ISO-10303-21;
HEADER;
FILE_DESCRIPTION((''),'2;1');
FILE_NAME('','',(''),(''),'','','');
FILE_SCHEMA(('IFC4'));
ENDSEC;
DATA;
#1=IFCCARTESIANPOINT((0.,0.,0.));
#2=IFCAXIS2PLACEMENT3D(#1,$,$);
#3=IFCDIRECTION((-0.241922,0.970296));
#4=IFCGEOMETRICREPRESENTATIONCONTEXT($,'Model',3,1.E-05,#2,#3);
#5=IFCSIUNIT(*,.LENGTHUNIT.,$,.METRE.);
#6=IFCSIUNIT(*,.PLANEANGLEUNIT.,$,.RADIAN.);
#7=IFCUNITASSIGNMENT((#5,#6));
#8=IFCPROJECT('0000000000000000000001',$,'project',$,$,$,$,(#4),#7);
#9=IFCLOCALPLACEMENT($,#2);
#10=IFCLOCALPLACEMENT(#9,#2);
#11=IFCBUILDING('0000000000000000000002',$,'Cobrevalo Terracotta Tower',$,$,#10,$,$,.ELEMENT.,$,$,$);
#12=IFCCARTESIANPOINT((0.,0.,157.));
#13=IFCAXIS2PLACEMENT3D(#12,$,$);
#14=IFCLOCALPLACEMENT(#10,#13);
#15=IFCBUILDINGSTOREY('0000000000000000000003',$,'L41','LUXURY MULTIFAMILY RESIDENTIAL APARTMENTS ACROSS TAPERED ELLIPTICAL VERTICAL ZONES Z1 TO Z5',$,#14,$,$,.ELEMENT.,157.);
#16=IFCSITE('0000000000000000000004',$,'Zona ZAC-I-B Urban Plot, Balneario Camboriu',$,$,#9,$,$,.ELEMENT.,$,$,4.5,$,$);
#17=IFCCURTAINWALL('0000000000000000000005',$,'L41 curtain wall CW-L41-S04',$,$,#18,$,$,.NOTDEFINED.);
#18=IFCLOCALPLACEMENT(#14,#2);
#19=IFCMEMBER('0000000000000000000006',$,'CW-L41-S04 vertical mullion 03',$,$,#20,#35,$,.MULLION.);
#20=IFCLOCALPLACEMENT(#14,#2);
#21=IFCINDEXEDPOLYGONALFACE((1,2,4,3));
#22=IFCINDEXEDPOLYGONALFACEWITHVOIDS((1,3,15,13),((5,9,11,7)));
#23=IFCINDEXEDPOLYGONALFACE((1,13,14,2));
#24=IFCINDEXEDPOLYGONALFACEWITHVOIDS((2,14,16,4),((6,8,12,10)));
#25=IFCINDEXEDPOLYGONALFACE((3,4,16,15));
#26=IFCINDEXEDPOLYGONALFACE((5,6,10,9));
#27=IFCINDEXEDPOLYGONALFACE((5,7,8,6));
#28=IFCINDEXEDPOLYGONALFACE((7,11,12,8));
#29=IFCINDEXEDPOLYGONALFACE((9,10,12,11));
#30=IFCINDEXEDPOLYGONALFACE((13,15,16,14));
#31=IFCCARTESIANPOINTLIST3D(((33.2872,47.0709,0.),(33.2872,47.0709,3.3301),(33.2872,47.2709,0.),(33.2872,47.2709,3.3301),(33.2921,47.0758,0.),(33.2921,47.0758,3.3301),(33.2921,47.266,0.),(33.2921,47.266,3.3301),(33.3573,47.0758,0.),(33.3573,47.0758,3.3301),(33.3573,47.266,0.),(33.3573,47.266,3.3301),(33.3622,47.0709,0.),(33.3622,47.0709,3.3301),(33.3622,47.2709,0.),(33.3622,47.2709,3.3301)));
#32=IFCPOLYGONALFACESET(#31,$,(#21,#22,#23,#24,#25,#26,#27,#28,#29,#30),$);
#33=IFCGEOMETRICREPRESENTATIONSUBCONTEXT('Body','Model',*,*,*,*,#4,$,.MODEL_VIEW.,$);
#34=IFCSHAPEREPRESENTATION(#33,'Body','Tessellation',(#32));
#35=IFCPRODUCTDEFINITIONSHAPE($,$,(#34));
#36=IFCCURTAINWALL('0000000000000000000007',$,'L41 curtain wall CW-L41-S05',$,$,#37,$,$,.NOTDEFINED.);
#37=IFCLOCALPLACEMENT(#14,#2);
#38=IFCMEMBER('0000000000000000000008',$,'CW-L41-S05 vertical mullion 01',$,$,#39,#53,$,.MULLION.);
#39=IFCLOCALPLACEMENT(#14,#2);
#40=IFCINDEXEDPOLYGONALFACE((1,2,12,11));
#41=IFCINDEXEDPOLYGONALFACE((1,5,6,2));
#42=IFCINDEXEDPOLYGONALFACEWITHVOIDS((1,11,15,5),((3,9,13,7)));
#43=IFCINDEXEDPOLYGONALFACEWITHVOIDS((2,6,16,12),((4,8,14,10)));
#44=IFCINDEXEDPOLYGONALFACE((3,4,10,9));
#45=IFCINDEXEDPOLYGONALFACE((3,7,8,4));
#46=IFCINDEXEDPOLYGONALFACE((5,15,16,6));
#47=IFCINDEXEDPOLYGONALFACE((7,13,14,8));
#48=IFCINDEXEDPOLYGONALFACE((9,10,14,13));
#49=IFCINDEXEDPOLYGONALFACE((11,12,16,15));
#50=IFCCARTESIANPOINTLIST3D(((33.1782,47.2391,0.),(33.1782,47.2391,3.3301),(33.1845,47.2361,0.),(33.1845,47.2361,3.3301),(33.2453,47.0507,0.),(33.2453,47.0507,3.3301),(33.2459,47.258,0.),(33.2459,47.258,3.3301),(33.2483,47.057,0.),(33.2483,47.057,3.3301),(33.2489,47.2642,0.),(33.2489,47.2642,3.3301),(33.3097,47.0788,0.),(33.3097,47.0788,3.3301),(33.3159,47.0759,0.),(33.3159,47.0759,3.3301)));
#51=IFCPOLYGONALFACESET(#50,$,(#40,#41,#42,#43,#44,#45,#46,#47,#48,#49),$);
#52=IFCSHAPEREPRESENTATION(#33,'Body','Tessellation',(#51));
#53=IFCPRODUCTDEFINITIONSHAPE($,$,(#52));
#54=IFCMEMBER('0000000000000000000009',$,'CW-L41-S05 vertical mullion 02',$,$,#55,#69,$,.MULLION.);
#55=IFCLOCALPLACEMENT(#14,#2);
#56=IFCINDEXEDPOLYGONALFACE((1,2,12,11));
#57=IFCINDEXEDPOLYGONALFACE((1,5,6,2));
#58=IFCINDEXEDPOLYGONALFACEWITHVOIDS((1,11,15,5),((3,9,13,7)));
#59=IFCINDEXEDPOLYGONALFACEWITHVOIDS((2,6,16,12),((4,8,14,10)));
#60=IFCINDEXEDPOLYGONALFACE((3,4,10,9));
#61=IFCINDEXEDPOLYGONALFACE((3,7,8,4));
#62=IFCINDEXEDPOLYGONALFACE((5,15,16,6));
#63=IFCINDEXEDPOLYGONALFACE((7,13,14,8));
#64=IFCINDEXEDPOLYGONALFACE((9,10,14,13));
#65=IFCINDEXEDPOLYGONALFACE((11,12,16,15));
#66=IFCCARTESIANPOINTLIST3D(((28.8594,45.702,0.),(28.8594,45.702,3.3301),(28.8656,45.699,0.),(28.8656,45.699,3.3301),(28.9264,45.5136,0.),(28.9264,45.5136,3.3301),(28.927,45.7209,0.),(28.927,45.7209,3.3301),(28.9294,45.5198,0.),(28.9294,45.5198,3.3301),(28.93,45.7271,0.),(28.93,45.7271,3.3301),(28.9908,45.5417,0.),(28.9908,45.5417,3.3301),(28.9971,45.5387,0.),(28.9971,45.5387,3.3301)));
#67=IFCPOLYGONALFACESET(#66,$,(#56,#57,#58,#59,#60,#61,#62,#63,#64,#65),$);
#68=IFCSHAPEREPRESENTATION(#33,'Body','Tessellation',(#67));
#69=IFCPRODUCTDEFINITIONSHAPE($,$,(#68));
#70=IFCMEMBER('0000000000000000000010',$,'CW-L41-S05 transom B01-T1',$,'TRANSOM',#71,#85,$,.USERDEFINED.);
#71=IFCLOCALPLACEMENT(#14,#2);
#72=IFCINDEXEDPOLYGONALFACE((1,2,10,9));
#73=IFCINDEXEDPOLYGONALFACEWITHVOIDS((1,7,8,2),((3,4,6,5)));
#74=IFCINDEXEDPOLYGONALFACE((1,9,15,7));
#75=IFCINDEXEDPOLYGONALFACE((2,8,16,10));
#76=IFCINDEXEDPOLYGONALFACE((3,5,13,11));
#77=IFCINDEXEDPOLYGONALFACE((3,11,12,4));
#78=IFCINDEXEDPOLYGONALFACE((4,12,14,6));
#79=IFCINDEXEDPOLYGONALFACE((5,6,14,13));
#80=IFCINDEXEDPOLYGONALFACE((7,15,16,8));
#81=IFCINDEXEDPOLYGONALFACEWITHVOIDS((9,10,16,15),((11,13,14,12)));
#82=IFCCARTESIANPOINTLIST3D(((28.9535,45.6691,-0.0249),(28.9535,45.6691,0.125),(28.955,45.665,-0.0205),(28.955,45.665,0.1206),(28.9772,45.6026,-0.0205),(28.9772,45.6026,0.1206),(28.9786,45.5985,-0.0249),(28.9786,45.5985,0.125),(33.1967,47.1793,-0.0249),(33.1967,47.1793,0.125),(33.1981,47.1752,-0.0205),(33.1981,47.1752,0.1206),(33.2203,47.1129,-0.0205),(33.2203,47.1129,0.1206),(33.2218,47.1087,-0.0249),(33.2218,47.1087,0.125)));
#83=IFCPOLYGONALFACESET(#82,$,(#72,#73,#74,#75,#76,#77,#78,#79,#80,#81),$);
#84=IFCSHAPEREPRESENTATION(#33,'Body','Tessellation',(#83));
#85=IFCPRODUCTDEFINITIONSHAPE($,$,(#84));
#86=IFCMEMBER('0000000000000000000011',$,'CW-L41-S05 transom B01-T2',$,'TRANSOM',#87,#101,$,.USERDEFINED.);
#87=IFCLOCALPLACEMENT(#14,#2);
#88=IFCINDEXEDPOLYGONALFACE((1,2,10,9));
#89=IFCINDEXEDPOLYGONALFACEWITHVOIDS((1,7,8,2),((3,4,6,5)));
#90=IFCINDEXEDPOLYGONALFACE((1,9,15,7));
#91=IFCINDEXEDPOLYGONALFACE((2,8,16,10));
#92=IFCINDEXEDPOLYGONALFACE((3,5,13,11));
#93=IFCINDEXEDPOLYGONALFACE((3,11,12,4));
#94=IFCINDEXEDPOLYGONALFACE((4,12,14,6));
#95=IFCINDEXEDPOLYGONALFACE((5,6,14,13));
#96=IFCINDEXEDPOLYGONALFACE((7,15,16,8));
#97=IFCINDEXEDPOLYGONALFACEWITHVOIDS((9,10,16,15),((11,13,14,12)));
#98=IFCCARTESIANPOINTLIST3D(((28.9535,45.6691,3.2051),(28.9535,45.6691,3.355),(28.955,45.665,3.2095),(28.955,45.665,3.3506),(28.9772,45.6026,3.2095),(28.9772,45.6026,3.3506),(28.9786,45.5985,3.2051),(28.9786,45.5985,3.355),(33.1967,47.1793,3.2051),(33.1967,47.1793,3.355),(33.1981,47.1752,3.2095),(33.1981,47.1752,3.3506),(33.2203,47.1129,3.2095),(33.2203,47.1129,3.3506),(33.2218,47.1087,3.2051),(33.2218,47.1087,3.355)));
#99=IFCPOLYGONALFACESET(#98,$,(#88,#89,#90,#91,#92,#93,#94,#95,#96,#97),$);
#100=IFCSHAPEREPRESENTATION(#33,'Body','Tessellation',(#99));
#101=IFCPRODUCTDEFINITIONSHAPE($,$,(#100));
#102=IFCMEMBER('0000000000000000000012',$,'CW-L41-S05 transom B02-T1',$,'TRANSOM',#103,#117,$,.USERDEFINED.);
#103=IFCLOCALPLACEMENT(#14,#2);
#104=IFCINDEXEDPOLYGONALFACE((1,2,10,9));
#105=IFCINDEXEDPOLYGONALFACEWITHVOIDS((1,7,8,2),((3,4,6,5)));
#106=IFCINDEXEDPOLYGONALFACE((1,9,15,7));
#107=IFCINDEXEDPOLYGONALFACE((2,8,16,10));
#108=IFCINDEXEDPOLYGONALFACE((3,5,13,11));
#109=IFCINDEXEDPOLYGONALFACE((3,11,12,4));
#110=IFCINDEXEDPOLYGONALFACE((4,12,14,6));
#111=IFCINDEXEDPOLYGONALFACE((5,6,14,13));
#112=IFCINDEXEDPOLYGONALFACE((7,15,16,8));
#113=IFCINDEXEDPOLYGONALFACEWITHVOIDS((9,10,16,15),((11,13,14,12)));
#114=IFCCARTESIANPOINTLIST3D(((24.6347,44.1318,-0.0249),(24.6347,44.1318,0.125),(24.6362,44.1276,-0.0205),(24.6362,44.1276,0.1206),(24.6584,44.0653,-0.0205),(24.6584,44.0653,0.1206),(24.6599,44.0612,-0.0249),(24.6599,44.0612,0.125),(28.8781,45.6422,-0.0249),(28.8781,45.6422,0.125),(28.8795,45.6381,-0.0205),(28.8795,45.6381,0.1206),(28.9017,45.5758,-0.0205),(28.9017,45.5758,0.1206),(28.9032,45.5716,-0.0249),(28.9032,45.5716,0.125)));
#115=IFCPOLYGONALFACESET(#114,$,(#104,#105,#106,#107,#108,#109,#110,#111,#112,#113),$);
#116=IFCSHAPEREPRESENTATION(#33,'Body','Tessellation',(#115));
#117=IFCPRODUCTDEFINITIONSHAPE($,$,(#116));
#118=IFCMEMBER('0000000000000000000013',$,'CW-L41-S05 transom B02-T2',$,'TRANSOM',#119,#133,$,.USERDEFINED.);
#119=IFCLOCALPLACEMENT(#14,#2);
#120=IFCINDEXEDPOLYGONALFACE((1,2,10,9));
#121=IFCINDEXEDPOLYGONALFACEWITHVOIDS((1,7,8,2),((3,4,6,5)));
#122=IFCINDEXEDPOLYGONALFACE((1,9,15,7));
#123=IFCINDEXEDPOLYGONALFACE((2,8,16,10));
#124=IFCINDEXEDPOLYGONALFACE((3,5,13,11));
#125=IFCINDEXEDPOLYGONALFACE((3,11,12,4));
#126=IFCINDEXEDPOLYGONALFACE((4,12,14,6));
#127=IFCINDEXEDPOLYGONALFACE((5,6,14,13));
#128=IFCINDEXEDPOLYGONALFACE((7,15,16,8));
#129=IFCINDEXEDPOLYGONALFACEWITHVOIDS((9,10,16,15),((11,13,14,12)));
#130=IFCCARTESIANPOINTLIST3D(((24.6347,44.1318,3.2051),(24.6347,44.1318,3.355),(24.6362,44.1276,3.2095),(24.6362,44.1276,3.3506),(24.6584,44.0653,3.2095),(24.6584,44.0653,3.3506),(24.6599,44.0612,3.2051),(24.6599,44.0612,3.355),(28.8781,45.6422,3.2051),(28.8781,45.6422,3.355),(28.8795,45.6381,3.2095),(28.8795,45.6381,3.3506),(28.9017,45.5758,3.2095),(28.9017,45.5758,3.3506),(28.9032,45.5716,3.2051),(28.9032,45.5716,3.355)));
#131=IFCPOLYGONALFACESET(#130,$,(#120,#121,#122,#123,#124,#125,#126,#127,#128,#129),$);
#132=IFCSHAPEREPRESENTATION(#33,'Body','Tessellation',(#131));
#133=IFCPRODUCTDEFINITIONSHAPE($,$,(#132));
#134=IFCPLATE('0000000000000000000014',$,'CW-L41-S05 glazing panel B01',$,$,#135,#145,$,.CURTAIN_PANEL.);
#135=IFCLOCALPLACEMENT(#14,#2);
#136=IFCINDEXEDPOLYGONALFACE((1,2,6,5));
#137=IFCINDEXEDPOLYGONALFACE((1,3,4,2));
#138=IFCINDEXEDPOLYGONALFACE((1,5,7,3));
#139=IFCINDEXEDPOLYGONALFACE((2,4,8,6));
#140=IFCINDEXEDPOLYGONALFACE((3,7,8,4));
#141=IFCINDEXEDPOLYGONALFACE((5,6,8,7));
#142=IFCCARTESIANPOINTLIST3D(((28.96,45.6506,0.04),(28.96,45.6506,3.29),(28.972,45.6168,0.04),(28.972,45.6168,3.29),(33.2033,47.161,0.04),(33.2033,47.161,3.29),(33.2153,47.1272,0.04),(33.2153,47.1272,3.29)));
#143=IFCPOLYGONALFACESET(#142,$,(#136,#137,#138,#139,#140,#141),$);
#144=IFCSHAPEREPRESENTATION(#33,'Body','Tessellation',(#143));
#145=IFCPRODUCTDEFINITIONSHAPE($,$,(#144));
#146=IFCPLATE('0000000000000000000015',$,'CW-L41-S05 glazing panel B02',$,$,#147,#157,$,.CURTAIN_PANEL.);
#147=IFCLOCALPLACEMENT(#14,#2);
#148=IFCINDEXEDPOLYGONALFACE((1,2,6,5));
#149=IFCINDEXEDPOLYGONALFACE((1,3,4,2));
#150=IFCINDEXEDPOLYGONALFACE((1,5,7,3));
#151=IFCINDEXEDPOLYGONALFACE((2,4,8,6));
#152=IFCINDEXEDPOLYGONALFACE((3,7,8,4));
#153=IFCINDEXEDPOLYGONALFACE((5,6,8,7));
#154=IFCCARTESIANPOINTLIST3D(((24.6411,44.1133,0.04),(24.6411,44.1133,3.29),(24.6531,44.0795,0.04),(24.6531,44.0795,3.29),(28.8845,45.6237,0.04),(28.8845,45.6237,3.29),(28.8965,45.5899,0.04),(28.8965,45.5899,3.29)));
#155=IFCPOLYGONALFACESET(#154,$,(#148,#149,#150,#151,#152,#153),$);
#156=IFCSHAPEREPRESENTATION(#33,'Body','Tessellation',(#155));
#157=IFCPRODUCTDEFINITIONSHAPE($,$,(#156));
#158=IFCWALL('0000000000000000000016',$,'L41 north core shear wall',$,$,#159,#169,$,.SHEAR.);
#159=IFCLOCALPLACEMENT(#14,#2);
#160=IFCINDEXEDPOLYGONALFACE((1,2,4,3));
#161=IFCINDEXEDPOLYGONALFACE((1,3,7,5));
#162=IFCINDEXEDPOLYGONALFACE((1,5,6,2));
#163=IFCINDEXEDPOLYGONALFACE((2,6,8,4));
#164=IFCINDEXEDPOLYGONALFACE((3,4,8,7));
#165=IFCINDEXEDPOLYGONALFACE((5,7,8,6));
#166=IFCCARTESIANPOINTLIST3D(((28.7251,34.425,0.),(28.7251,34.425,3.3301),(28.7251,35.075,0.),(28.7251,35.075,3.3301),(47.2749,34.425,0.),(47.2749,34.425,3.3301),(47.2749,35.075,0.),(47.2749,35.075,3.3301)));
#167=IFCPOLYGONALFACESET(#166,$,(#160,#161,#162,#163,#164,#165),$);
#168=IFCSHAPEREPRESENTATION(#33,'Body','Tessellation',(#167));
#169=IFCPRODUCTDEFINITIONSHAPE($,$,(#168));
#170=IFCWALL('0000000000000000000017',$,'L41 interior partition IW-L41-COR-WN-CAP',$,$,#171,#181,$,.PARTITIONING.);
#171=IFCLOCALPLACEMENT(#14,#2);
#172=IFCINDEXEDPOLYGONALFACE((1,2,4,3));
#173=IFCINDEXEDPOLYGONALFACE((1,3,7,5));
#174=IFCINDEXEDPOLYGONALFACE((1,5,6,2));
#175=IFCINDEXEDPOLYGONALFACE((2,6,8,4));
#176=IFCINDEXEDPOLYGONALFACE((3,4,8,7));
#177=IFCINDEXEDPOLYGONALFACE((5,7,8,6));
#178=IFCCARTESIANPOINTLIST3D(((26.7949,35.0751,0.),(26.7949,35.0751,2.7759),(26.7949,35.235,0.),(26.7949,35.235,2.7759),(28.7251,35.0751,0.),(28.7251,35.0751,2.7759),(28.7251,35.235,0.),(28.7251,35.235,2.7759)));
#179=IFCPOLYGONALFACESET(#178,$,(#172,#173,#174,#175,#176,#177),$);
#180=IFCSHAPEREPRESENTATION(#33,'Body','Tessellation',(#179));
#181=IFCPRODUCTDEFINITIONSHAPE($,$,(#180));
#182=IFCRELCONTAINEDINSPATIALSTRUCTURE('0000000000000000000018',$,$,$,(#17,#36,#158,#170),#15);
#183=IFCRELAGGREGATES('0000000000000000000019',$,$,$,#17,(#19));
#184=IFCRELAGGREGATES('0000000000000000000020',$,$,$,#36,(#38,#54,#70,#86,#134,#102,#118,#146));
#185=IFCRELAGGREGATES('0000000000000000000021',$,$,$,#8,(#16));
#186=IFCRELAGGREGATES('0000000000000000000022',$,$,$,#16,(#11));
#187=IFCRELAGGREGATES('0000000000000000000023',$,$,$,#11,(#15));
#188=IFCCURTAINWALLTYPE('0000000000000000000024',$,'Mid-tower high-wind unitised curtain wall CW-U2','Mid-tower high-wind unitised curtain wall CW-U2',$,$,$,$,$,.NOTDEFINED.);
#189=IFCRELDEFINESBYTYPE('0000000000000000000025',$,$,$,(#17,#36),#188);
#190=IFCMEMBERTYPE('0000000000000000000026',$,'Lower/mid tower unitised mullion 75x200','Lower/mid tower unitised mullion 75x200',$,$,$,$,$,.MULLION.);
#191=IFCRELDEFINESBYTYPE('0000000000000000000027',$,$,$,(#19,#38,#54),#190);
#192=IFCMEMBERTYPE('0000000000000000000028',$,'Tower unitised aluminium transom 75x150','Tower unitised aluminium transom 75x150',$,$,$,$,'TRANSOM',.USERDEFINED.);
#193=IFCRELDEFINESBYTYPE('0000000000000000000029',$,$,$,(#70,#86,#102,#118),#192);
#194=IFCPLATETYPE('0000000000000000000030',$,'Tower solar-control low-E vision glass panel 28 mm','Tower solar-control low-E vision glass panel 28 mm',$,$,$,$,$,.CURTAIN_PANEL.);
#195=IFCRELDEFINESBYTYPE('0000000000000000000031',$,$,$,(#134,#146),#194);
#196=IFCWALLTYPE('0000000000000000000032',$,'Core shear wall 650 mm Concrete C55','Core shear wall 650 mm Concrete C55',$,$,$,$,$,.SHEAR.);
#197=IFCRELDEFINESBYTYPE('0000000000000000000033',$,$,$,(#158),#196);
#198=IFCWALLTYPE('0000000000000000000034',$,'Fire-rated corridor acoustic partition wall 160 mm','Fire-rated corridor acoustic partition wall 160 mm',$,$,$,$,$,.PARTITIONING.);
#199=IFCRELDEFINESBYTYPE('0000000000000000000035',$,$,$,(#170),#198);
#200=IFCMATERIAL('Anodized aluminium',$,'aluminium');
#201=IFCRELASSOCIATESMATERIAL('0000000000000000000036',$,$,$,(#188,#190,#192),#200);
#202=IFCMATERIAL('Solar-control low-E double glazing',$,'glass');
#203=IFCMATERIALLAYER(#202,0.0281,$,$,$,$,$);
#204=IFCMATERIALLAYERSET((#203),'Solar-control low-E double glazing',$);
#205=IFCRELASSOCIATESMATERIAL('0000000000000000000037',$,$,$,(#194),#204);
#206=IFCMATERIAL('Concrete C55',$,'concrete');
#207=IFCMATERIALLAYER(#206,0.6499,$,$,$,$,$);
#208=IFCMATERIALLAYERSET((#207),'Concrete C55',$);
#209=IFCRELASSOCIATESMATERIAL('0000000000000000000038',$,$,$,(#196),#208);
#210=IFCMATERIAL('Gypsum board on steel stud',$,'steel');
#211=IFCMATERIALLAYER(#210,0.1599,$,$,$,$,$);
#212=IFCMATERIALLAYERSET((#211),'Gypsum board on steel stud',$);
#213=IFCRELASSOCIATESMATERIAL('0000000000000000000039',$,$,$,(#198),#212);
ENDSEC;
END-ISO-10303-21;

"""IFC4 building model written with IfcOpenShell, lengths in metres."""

from ifc_helpers import new_model, si_unit, direction, frame, frame_2d, origin, origin_2d, place, context, subcontext, project, spatial, rectangle, hollow_rectangle, extrude, source, transform, mapped, material, layer, layer_set, material_profile, profile_set, type_object, element, aggregate, save


model = new_model("IFC4")

# Units and contexts
model_context = context("Model", 3, precision=1e-05, world=origin(), true_north=direction((-0.241922, 0.970296)))
body_context = subcontext(model_context, "Body", "Model", "MODEL_VIEW")
ifc_project = project(units=[si_unit("LENGTHUNIT", "METRE"), si_unit("PLANEANGLEUNIT", "RADIAN")], contexts=[model_context])

# Site, building, storey
site_placement = place(None, origin())
site = spatial("IfcSite", under=ifc_project, at=site_placement, Name="Zona ZAC-I-B Urban Plot, Balneario Camboriu", CompositionType="ELEMENT", RefElevation=4.5)
building_placement = place(site_placement, origin())
building = spatial("IfcBuilding", under=site, at=building_placement, Name="Cobrevalo Terracotta Tower", CompositionType="ELEMENT")
storey_placement = place(building_placement, frame((0.0, 0.0, 157.0)))
storey = spatial("IfcBuildingStorey", under=building, at=storey_placement, Name="L41", Description="LUXURY MULTIFAMILY RESIDENTIAL APARTMENTS ACROSS TAPERED ELLIPTICAL VERTICAL ZONES Z1 TO Z5", CompositionType="ELEMENT", Elevation=157.0)

# Shared definitions
ifc_material_1 = material(Name="Concrete C55", Category="concrete")

# Curtain wall, member
ifc_material_2 = material(Name="Anodized aluminium", Category="aluminium")
curtain_wall_type = type_object("IfcCurtainWallType", Name="Mid-tower high-wind unitised curtain wall CW-U2", Description="Mid-tower high-wind unitised curtain wall CW-U2", PredefinedType="NOTDEFINED", material=ifc_material_2)
curtain_wall_1_placement = place(storey_placement, origin())
curtain_wall_1 = element("IfcCurtainWall", 1, at=curtain_wall_1_placement, inside=storey, type_object=curtain_wall_type, Name="L41 curtain wall CW-L41-S04", PredefinedType="NOTDEFINED")
ifc_material_profile_1 = material_profile(ifc_material_2, hollow_rectangle(XDim=0.075, YDim=0.2, WallThickness=0.0049, at=origin_2d()), Name="CWM 75x200")
ifc_profile_set_1 = profile_set([ifc_material_profile_1], Name="Anodized aluminium")
member_type_1 = type_object("IfcMemberType", Name="Lower/mid tower unitised mullion 75x200", Description="Lower/mid tower unitised mullion 75x200", PredefinedType="MULLION", material=ifc_profile_set_1)
shared_shape_1 = source(origin(), body_context, "Body", "SweptSolid", [
    extrude(hollow_rectangle(XDim=0.075, YDim=0.2, WallThickness=0.0049, at=origin_2d()), origin(), (0.0, 0.0, 1.0), 3.3301),
])
member_1_placement = place(storey_placement, frame((33.3247, 47.1709, 0.0), z_axis=(0.0, 0.0, 1.0), x_axis=(-1.0, 0.0, 0.0)))
member_1 = element("IfcMember", 2, at=member_1_placement, type_object=member_type_1, Name="CW-L41-S04 vertical mullion 03", PredefinedType="MULLION", context=body_context, shape_type="MappedRepresentation", body=[
    mapped(shared_shape_1, transform((0.0, 0.0, 0.0), scale=1.0)),
])
aggregate(curtain_wall_1, [member_1])

# Curtain wall, members, plates
curtain_wall_2_placement = place(storey_placement, origin())
curtain_wall_2 = element("IfcCurtainWall", 3, at=curtain_wall_2_placement, inside=storey, type_object=curtain_wall_type, Name="L41 curtain wall CW-L41-S05", PredefinedType="NOTDEFINED")
member_2_placement = place(storey_placement, frame((33.2471, 47.1575, 0.0), z_axis=(0.0, 0.0, 1.0), x_axis=(-0.942098, -0.335336, 0.0)))
member_2 = element("IfcMember", 4, at=member_2_placement, type_object=member_type_1, Name="CW-L41-S05 vertical mullion 01", PredefinedType="MULLION", context=body_context, shape_type="MappedRepresentation", body=[
    mapped(shared_shape_1, transform((0.0, 0.0, 0.0), scale=1.0)),
])
member_3_placement = place(storey_placement, frame((28.9282, 45.6204, 0.0), z_axis=(0.0, 0.0, 1.0), x_axis=(-0.942098, -0.335336, 0.0)))
member_3 = element("IfcMember", 5, at=member_3_placement, type_object=member_type_1, Name="CW-L41-S05 vertical mullion 02", PredefinedType="MULLION", context=body_context, shape_type="MappedRepresentation", body=[
    mapped(shared_shape_1, transform((0.0, 0.0, 0.0), scale=1.0)),
])
ifc_material_profile_2 = material_profile(ifc_material_2, hollow_rectangle(XDim=0.075, YDim=0.1499, WallThickness=0.0044, at=origin_2d()), Name="CWT 75x150")
ifc_profile_set_2 = profile_set([ifc_material_profile_2], Name="Anodized aluminium")
member_type_2 = type_object("IfcMemberType", Name="Tower unitised aluminium transom 75x150", Description="Tower unitised aluminium transom 75x150", ElementType="TRANSOM", PredefinedType="USERDEFINED", material=ifc_profile_set_2)
shared_shape_2 = source(origin(), body_context, "Body", "SweptSolid", [
    extrude(hollow_rectangle(XDim=0.075, YDim=0.1499, WallThickness=0.0044, at=origin_2d()), origin(), (0.0, 0.0, 1.0), 4.5039),
])
member_4_placement = place(storey_placement, frame((33.2092, 47.144, 0.05), z_axis=(-0.942104, -0.33532, 0.0), x_axis=(0.33532, -0.942104, 0.0)))
member_4 = element("IfcMember", 6, at=member_4_placement, type_object=member_type_2, Name="CW-L41-S05 transom B01-T1", ObjectType="TRANSOM", PredefinedType="USERDEFINED", context=body_context, shape_type="MappedRepresentation", body=[
    mapped(shared_shape_2, transform((0.0, 0.0, 0.0), scale=1.0)),
])
member_5_placement = place(storey_placement, frame((33.2092, 47.144, 3.28), z_axis=(-0.942104, -0.33532, 0.0), x_axis=(0.33532, -0.942104, 0.0)))
member_5 = element("IfcMember", 7, at=member_5_placement, type_object=member_type_2, Name="CW-L41-S05 transom B01-T2", ObjectType="TRANSOM", PredefinedType="USERDEFINED", context=body_context, shape_type="MappedRepresentation", body=[
    mapped(shared_shape_2, transform((0.0, 0.0, 0.0), scale=1.0)),
])
shared_shape_3 = source(origin(), body_context, "Body", "SweptSolid", [
    extrude(hollow_rectangle(XDim=0.075, YDim=0.1499, WallThickness=0.0044, at=origin_2d()), origin(), (0.0, 0.0, 1.0), 4.5042),
])
member_6_placement = place(storey_placement, frame((28.8906, 45.6069, 0.05), z_axis=(-0.942093, -0.335351, 0.0), x_axis=(0.335351, -0.942093, 0.0)))
member_6 = element("IfcMember", 8, at=member_6_placement, type_object=member_type_2, Name="CW-L41-S05 transom B02-T1", ObjectType="TRANSOM", PredefinedType="USERDEFINED", context=body_context, shape_type="MappedRepresentation", body=[
    mapped(shared_shape_3, transform((0.0, 0.0, 0.0), scale=1.0)),
])
member_7_placement = place(storey_placement, frame((28.8906, 45.6069, 3.28), z_axis=(-0.942093, -0.335351, 0.0), x_axis=(0.335351, -0.942093, 0.0)))
member_7 = element("IfcMember", 9, at=member_7_placement, type_object=member_type_2, Name="CW-L41-S05 transom B02-T2", ObjectType="TRANSOM", PredefinedType="USERDEFINED", context=body_context, shape_type="MappedRepresentation", body=[
    mapped(shared_shape_3, transform((0.0, 0.0, 0.0), scale=1.0)),
])
ifc_material_3 = material(Name="Solar-control low-E double glazing", Category="glass")
ifc_layer_1 = layer(ifc_material_3, 0.0281)
ifc_layer_set_1 = layer_set([ifc_layer_1], Name="Solar-control low-E double glazing")
plate_type = type_object("IfcPlateType", Name="Tower solar-control low-E vision glass panel 28 mm", Description="Tower solar-control low-E vision glass panel 28 mm", PredefinedType="CURTAIN_PANEL", material=ifc_layer_set_1)
shared_shape_4 = source(origin(), body_context, "Body", "SweptSolid", [
    extrude(rectangle(XDim=4.5042, YDim=0.0359, at=origin_2d()), origin(), (0.0, 0.0, 1.0), 3.25),
])
plate_1_placement = place(storey_placement, frame((31.0876, 46.3889, 0.04), z_axis=(0.0, 0.0, 1.0), x_axis=(-0.942098, -0.335336, 0.0)))
plate_1 = element("IfcPlate", 10, at=plate_1_placement, type_object=plate_type, Name="CW-L41-S05 glazing panel B01", PredefinedType="CURTAIN_PANEL", context=body_context, shape_type="MappedRepresentation", body=[
    mapped(shared_shape_4, transform((0.0, 0.0, 0.0), scale=1.0)),
])
plate_2_placement = place(storey_placement, frame((26.7688, 44.8516, 0.04), z_axis=(0.0, 0.0, 1.0), x_axis=(-0.942098, -0.335336, 0.0)))
plate_2 = element("IfcPlate", 11, at=plate_2_placement, type_object=plate_type, Name="CW-L41-S05 glazing panel B02", PredefinedType="CURTAIN_PANEL", context=body_context, shape_type="MappedRepresentation", body=[
    mapped(shared_shape_4, transform((0.0, 0.0, 0.0), scale=1.0)),
])
aggregate(curtain_wall_2, [member_2, member_3, member_4, member_5, plate_1, member_6, member_7, plate_2])

# Walls
ifc_layer_2 = layer(ifc_material_1, 0.6499)
ifc_layer_set_2 = layer_set([ifc_layer_2], Name="Concrete C55")
wall_type_1 = type_object("IfcWallType", Name="Core shear wall 650 mm Concrete C55", Description="Core shear wall 650 mm Concrete C55", PredefinedType="SHEAR", material=ifc_layer_set_2)
wall_1_placement = place(storey_placement, frame((28.7251, 34.75, 0.0), z_axis=(0.0, 0.0, 1.0), x_axis=(1.0, 0.0, 0.0)))
element("IfcWall", 12, at=wall_1_placement, inside=storey, type_object=wall_type_1, Name="L41 north core shear wall", PredefinedType="SHEAR", context=body_context, shape_type="SweptSolid", body=[
    extrude(rectangle(XDim=18.5498, YDim=0.6499, at=frame_2d((9.2749, 0.0))), origin(), (0.0, 0.0, 1.0), 3.3301),
])
ifc_material_4 = material(Name="Gypsum board on steel stud", Category="steel")
ifc_layer_3 = layer(ifc_material_4, 0.1599)
ifc_layer_set_3 = layer_set([ifc_layer_3], Name="Gypsum board on steel stud")
wall_type_2 = type_object("IfcWallType", Name="Fire-rated corridor acoustic partition wall 160 mm", Description="Fire-rated corridor acoustic partition wall 160 mm", PredefinedType="PARTITIONING", material=ifc_layer_set_3)
wall_2_placement = place(storey_placement, frame((26.7949, 35.155, 0.0), z_axis=(0.0, 0.0, 1.0), x_axis=(1.0, 0.0, 0.0)))
element("IfcWall", 13, at=wall_2_placement, inside=storey, type_object=wall_type_2, Name="L41 interior partition IW-L41-COR-WN-CAP", PredefinedType="PARTITIONING", context=body_context, shape_type="SweptSolid", body=[
    extrude(rectangle(XDim=1.9302, YDim=0.1599, at=frame_2d((0.9651, 0.0))), origin(), (0.0, 0.0, 1.0), 2.7759),
])

save(model, "model.ifc")
